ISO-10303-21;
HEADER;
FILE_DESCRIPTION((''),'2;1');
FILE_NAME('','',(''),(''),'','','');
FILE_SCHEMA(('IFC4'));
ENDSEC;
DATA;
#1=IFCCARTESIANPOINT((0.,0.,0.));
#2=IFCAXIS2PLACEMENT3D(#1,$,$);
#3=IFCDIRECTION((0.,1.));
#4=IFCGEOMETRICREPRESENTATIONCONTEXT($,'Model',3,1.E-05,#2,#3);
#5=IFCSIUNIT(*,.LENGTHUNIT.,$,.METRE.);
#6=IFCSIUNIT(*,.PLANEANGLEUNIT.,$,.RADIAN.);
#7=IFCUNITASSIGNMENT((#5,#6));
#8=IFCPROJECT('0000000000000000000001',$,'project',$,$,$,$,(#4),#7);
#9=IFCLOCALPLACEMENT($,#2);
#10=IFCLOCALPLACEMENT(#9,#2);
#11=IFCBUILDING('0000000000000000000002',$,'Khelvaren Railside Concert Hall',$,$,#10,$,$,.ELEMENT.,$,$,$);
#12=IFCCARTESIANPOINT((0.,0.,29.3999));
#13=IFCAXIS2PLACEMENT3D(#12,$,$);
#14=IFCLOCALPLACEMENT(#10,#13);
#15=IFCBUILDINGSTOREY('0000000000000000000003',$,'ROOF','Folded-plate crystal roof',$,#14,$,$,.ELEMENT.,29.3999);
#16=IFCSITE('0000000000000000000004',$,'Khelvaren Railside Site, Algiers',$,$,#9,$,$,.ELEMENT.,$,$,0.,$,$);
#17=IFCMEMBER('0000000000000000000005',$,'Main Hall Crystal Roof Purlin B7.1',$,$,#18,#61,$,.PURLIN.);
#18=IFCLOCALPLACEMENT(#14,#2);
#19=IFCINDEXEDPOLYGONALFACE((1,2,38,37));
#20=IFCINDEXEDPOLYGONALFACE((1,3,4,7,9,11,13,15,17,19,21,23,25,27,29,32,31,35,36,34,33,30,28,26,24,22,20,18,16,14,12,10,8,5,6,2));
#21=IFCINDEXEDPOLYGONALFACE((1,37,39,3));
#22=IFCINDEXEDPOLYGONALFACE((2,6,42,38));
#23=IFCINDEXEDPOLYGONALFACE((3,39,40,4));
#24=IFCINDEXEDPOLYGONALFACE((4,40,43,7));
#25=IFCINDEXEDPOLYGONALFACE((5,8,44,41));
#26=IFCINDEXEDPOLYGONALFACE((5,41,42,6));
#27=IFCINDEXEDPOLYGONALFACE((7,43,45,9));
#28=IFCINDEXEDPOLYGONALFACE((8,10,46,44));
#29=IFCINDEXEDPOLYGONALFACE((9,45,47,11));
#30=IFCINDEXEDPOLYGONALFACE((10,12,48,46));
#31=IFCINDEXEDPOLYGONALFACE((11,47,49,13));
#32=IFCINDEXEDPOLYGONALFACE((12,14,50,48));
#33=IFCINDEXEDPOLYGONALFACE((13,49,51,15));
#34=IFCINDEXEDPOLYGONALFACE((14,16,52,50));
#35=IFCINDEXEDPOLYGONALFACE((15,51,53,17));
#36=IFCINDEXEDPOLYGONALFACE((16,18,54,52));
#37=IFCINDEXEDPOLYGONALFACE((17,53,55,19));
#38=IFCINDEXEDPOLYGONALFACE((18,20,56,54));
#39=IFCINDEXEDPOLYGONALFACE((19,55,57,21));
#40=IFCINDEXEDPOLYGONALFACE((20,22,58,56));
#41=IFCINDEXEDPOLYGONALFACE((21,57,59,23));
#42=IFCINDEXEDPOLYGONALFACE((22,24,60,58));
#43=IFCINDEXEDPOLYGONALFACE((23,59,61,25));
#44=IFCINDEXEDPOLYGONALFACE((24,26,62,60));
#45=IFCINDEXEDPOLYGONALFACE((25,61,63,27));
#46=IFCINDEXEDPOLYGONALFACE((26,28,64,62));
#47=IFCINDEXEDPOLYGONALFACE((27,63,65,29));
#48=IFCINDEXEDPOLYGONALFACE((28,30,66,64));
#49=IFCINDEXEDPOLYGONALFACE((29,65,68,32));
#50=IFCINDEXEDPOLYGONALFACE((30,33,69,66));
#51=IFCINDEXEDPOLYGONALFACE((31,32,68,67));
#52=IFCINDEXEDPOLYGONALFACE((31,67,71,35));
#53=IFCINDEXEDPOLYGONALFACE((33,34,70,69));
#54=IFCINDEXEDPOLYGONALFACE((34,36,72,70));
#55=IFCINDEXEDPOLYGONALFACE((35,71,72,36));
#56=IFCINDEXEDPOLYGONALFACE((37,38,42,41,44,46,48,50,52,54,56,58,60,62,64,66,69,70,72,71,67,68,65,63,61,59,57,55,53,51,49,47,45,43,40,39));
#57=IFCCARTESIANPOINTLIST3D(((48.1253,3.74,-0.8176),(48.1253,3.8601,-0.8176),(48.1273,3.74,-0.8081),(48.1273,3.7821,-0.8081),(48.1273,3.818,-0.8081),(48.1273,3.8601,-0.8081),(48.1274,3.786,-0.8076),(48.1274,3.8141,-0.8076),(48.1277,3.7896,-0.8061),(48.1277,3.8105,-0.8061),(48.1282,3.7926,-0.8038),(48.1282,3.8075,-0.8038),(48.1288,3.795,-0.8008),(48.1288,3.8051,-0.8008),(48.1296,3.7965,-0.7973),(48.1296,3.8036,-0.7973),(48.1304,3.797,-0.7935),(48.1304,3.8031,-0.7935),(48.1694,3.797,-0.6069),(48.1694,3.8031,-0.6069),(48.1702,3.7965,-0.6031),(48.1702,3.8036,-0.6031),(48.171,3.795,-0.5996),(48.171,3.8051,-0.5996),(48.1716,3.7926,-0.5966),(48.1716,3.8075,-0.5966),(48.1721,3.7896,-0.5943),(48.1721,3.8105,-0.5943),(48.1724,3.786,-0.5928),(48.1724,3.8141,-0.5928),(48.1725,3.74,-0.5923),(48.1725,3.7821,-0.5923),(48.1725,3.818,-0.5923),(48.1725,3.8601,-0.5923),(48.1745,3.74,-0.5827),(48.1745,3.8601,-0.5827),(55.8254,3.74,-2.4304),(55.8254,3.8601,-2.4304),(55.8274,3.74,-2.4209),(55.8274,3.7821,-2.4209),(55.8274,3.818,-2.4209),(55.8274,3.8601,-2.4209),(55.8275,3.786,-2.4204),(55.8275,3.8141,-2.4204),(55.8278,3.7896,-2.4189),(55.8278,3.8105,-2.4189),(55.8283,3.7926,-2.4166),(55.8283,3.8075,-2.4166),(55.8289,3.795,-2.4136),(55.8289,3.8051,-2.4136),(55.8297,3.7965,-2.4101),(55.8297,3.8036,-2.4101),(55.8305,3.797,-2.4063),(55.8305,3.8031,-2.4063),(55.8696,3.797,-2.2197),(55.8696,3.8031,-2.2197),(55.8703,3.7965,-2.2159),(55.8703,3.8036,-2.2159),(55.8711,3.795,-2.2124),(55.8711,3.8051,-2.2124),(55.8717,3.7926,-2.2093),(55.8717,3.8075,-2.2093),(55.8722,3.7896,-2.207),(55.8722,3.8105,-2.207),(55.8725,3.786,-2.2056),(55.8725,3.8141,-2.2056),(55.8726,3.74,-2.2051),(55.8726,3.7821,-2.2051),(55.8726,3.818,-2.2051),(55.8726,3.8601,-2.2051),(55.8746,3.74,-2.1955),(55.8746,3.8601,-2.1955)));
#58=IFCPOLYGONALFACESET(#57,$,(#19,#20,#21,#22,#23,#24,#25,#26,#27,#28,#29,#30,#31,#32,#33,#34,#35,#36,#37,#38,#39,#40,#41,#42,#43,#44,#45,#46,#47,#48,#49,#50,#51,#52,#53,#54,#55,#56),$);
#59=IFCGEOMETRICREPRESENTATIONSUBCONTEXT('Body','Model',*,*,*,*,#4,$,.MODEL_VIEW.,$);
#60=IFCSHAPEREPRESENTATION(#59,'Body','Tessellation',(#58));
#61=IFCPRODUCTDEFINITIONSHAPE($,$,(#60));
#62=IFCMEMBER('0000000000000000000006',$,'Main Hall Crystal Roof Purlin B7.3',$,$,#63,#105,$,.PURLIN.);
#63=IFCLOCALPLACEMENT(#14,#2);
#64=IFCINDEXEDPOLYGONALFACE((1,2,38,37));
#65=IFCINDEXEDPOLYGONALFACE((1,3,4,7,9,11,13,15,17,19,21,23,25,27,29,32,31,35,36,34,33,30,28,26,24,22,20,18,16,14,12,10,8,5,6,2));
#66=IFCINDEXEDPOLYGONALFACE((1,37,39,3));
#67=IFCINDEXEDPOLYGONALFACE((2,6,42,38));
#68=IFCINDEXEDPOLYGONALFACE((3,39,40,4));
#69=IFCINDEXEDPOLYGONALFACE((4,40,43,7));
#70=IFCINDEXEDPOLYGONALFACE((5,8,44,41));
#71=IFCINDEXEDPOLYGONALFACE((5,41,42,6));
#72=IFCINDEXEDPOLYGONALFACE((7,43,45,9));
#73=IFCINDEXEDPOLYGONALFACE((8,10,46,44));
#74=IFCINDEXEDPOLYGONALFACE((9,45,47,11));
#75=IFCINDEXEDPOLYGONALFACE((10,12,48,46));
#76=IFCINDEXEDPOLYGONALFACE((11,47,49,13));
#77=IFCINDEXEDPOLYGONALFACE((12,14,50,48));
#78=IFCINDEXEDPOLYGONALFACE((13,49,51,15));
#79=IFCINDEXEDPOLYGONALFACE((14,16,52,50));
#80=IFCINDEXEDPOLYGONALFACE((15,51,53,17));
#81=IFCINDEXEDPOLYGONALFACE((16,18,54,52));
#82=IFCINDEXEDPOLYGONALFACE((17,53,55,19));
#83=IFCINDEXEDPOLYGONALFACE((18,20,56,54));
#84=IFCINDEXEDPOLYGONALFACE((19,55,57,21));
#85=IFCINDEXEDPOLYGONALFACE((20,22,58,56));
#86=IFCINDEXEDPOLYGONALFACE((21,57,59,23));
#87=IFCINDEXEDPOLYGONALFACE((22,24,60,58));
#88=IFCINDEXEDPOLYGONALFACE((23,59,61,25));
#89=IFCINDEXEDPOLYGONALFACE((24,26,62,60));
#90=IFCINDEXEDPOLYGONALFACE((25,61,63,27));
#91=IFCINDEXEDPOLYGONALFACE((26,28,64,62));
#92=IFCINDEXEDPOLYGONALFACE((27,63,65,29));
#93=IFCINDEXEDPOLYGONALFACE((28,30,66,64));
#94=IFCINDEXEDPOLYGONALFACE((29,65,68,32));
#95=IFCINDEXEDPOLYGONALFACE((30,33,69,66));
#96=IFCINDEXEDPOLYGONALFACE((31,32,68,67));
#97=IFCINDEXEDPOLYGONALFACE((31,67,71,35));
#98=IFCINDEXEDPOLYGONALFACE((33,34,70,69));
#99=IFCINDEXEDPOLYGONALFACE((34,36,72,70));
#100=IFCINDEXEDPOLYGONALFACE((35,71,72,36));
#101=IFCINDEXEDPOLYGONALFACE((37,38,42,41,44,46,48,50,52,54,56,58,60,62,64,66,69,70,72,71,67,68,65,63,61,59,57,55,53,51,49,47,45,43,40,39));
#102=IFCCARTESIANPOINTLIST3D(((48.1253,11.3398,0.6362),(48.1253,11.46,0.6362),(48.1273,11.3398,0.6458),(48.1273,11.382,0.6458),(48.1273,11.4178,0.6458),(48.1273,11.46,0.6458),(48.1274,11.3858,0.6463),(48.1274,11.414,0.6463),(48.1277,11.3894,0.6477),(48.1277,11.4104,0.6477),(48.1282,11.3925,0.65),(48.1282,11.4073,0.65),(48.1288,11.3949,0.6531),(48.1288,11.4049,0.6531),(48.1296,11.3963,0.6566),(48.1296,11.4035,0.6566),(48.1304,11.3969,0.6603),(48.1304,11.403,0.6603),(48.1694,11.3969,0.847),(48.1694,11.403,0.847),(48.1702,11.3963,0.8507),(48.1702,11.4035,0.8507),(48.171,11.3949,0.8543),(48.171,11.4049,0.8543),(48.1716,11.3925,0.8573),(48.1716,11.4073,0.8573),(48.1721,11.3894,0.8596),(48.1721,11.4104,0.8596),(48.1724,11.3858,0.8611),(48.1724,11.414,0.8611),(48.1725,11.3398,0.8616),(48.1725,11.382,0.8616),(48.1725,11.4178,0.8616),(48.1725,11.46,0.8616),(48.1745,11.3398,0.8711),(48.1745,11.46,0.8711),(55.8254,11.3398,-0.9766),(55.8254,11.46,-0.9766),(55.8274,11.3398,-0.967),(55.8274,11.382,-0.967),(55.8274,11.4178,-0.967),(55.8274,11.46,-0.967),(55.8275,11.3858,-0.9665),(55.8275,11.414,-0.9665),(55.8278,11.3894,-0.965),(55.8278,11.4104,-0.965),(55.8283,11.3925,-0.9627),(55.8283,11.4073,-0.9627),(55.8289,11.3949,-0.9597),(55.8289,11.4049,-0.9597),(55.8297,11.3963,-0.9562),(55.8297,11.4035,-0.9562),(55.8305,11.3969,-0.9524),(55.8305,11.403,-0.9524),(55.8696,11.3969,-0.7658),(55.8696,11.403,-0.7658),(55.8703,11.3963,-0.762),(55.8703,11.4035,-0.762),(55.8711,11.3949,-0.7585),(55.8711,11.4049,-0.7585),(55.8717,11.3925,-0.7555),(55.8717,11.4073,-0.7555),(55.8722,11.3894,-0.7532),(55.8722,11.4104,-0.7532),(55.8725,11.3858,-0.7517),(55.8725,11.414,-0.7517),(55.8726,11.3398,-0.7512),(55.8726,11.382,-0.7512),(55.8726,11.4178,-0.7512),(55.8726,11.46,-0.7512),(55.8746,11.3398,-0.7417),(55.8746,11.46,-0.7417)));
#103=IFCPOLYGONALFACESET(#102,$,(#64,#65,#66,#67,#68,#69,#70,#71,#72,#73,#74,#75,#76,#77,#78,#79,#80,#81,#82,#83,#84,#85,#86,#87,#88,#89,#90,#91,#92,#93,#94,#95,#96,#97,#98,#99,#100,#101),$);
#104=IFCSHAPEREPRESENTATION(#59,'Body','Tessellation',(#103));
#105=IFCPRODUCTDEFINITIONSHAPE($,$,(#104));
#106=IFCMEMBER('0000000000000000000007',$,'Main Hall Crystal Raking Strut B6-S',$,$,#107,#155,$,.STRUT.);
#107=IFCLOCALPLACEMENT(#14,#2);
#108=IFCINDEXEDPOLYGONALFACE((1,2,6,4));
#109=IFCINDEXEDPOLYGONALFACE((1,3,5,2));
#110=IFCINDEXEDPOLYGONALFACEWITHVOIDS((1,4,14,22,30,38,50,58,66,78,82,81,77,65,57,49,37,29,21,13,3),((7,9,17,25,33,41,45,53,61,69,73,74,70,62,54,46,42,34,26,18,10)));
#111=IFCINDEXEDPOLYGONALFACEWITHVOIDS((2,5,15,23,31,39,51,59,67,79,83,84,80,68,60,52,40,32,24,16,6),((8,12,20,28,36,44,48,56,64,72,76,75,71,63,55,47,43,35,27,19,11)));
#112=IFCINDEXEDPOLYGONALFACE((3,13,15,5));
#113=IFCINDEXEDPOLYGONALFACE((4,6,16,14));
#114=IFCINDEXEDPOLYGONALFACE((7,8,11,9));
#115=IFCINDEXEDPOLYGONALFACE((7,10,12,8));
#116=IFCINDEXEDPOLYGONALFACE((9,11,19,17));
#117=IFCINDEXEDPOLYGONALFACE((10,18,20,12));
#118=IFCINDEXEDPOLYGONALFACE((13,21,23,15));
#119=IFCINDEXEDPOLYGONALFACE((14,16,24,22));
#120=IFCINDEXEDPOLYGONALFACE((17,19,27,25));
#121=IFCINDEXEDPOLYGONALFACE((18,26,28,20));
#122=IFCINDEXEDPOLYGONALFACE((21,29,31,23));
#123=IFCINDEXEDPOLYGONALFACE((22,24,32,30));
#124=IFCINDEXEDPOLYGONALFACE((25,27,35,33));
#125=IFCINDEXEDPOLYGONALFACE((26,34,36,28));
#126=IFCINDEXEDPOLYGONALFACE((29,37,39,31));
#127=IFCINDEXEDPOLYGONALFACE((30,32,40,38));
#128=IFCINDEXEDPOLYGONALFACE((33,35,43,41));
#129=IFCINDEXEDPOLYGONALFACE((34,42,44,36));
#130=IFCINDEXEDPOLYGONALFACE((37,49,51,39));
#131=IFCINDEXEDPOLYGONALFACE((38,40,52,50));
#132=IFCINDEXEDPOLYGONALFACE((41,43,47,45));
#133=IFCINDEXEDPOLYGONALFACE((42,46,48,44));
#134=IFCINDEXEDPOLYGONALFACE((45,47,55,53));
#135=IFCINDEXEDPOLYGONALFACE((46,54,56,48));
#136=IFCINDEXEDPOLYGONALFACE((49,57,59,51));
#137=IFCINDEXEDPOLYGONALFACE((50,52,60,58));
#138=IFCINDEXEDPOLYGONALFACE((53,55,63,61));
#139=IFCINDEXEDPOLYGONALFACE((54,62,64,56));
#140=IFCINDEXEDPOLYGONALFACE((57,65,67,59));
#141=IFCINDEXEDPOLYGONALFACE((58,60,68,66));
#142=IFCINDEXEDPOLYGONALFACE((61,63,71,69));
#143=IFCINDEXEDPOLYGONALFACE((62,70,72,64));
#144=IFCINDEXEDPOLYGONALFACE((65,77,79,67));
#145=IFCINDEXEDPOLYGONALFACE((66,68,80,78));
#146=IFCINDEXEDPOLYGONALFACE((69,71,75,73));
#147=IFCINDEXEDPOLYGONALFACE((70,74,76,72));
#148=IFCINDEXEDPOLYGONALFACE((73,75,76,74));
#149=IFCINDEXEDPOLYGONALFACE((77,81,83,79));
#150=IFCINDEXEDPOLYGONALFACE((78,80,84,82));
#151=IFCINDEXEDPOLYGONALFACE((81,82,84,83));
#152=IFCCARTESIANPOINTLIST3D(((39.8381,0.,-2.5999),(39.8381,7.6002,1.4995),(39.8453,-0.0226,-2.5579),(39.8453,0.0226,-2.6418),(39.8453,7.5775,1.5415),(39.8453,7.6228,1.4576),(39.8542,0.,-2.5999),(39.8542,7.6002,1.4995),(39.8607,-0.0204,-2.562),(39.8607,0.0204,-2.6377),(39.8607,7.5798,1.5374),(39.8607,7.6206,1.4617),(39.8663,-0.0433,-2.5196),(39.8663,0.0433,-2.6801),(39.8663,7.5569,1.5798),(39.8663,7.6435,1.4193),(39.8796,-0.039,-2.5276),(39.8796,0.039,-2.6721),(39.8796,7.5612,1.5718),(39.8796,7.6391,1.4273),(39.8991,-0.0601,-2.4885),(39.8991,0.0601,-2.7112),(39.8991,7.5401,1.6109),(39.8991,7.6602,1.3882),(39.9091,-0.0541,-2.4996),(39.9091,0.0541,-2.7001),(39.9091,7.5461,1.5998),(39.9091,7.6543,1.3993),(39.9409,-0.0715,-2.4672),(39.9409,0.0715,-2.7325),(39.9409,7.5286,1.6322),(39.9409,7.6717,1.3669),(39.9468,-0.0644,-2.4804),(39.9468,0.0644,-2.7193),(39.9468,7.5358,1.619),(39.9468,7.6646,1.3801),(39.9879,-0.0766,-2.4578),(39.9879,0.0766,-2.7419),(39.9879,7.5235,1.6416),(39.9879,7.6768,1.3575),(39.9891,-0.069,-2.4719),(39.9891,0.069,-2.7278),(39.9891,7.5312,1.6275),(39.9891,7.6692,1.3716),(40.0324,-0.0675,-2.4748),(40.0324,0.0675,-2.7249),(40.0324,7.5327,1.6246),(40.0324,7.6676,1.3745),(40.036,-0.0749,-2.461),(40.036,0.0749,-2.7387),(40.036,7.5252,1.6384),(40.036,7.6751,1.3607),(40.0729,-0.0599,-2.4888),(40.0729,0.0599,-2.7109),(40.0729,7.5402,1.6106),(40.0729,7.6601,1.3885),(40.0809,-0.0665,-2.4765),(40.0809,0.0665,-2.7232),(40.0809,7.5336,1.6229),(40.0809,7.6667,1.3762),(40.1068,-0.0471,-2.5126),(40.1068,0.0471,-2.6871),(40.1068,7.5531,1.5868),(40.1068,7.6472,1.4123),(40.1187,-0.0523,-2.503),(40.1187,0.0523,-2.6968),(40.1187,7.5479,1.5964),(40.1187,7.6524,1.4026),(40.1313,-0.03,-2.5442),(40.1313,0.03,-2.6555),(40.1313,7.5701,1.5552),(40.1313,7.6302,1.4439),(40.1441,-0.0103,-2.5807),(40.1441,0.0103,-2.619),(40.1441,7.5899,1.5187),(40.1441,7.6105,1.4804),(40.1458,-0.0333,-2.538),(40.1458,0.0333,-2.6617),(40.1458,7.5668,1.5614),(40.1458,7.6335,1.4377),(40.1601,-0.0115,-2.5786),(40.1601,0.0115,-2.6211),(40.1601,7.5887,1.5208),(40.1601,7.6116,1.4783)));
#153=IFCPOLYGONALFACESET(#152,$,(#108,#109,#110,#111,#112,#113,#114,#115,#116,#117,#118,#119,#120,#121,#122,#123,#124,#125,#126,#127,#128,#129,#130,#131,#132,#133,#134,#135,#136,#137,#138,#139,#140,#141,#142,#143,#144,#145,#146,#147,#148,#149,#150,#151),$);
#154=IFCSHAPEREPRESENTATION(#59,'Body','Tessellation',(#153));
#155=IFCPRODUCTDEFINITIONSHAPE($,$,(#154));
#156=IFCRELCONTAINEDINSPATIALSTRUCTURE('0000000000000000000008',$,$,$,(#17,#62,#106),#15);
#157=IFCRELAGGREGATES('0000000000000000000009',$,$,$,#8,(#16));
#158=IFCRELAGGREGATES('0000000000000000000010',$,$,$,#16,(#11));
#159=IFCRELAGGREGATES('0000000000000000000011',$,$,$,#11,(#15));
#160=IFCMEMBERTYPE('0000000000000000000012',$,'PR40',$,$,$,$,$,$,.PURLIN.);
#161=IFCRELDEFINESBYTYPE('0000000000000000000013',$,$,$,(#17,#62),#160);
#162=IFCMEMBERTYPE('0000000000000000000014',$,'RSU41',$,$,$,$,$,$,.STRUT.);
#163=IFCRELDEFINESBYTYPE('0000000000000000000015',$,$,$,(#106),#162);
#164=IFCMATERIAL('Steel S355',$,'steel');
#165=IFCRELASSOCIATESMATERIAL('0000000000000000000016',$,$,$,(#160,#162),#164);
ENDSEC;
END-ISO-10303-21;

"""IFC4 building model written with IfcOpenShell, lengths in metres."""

from ifc_helpers import new_model, si_unit, direction, frame, origin, origin_2d, place, context, subcontext, project, spatial, hollow_circle, i_section, extrude, material, material_profile, profile_set, type_object, element, save


model = new_model("IFC4")

# Units and contexts
model_context = context("Model", 3, precision=1e-05, world=origin(), true_north=direction((0.0, 1.0)))
body_context = subcontext(model_context, "Body", "Model", "MODEL_VIEW")
ifc_project = project(units=[si_unit("LENGTHUNIT", "METRE"), si_unit("PLANEANGLEUNIT", "RADIAN")], contexts=[model_context])

# Site, building, storey
site_placement = place(None, origin())
site = spatial("IfcSite", under=ifc_project, at=site_placement, Name="Khelvaren Railside Site, Algiers", CompositionType="ELEMENT", RefElevation=0.0)
building_placement = place(site_placement, origin())
building = spatial("IfcBuilding", under=site, at=building_placement, Name="Khelvaren Railside Concert Hall", CompositionType="ELEMENT")
storey_placement = place(building_placement, frame((0.0, 0.0, 29.3999)))
storey = spatial("IfcBuildingStorey", under=building, at=storey_placement, Name="ROOF", Description="Folded-plate crystal roof", CompositionType="ELEMENT", Elevation=29.3999)

# Shared definitions
ifc_material_1 = material(Name="Steel S355", Category="steel")

# Members
ifc_material_profile_1 = material_profile(ifc_material_1, i_section(OverallWidth=0.1201, OverallDepth=0.24, WebThickness=0.0061, FlangeThickness=0.0098, FilletRadius=0.0149, at=origin_2d()), Name="IPE 240")
ifc_profile_set_1 = profile_set([ifc_material_profile_1], Name="Steel S355")
member_type_1 = type_object("IfcMemberType", Name="PR40", PredefinedType="PURLIN", material=ifc_profile_set_1)
for number, where, z_axis, x_axis, name in (
    (1, (48.1499, 3.8, -0.7002), (0.978762, 0.0, -0.205), (0.0, 1.0, 0.0), "Main Hall Crystal Roof Purlin B7.1"),
    (2, (48.1499, 11.3999, 0.7537), (0.978762, 0.0, -0.205), (0.0, 1.0, 0.0), "Main Hall Crystal Roof Purlin B7.3"),
):
    element("IfcMember", number, at=place(storey_placement, frame(where, z_axis=z_axis, x_axis=x_axis)), inside=storey, type_object=member_type_1, Name=name, PredefinedType="PURLIN", context=body_context, shape_type="SweptSolid", body=[
        extrude(i_section(OverallWidth=0.1201, OverallDepth=0.24, WebThickness=0.0061, FlangeThickness=0.0098, FilletRadius=0.0149, at=origin_2d()), origin(), (0.0, 0.0, 1.0), 7.8672),
    ])
ifc_material_profile_2 = material_profile(ifc_material_1, hollow_circle(Radius=0.1619, WallThickness=0.0161, at=origin_2d()), Name="CHS 323.9x16")
ifc_profile_set_2 = profile_set([ifc_material_profile_2], Name="Steel S355")
member_type_2 = type_object("IfcMemberType", Name="RSU41", PredefinedType="STRUT", material=ifc_profile_set_2)
member_1_placement = place(storey_placement, frame((40.0, 0.0, -2.5999), z_axis=(0.0, 0.880132, 0.474729), x_axis=(-1.0, 0.0, 0.0)))
element("IfcMember", 3, at=member_1_placement, inside=storey, type_object=member_type_2, Name="Main Hall Crystal Raking Strut B6-S", PredefinedType="STRUT", context=body_context, shape_type="SweptSolid", body=[
    extrude(hollow_circle(Radius=0.1619, WallThickness=0.0161, at=origin_2d()), origin(), (0.0, 0.0, 1.0), 8.6353),
])

save(model, "model.ifc")
